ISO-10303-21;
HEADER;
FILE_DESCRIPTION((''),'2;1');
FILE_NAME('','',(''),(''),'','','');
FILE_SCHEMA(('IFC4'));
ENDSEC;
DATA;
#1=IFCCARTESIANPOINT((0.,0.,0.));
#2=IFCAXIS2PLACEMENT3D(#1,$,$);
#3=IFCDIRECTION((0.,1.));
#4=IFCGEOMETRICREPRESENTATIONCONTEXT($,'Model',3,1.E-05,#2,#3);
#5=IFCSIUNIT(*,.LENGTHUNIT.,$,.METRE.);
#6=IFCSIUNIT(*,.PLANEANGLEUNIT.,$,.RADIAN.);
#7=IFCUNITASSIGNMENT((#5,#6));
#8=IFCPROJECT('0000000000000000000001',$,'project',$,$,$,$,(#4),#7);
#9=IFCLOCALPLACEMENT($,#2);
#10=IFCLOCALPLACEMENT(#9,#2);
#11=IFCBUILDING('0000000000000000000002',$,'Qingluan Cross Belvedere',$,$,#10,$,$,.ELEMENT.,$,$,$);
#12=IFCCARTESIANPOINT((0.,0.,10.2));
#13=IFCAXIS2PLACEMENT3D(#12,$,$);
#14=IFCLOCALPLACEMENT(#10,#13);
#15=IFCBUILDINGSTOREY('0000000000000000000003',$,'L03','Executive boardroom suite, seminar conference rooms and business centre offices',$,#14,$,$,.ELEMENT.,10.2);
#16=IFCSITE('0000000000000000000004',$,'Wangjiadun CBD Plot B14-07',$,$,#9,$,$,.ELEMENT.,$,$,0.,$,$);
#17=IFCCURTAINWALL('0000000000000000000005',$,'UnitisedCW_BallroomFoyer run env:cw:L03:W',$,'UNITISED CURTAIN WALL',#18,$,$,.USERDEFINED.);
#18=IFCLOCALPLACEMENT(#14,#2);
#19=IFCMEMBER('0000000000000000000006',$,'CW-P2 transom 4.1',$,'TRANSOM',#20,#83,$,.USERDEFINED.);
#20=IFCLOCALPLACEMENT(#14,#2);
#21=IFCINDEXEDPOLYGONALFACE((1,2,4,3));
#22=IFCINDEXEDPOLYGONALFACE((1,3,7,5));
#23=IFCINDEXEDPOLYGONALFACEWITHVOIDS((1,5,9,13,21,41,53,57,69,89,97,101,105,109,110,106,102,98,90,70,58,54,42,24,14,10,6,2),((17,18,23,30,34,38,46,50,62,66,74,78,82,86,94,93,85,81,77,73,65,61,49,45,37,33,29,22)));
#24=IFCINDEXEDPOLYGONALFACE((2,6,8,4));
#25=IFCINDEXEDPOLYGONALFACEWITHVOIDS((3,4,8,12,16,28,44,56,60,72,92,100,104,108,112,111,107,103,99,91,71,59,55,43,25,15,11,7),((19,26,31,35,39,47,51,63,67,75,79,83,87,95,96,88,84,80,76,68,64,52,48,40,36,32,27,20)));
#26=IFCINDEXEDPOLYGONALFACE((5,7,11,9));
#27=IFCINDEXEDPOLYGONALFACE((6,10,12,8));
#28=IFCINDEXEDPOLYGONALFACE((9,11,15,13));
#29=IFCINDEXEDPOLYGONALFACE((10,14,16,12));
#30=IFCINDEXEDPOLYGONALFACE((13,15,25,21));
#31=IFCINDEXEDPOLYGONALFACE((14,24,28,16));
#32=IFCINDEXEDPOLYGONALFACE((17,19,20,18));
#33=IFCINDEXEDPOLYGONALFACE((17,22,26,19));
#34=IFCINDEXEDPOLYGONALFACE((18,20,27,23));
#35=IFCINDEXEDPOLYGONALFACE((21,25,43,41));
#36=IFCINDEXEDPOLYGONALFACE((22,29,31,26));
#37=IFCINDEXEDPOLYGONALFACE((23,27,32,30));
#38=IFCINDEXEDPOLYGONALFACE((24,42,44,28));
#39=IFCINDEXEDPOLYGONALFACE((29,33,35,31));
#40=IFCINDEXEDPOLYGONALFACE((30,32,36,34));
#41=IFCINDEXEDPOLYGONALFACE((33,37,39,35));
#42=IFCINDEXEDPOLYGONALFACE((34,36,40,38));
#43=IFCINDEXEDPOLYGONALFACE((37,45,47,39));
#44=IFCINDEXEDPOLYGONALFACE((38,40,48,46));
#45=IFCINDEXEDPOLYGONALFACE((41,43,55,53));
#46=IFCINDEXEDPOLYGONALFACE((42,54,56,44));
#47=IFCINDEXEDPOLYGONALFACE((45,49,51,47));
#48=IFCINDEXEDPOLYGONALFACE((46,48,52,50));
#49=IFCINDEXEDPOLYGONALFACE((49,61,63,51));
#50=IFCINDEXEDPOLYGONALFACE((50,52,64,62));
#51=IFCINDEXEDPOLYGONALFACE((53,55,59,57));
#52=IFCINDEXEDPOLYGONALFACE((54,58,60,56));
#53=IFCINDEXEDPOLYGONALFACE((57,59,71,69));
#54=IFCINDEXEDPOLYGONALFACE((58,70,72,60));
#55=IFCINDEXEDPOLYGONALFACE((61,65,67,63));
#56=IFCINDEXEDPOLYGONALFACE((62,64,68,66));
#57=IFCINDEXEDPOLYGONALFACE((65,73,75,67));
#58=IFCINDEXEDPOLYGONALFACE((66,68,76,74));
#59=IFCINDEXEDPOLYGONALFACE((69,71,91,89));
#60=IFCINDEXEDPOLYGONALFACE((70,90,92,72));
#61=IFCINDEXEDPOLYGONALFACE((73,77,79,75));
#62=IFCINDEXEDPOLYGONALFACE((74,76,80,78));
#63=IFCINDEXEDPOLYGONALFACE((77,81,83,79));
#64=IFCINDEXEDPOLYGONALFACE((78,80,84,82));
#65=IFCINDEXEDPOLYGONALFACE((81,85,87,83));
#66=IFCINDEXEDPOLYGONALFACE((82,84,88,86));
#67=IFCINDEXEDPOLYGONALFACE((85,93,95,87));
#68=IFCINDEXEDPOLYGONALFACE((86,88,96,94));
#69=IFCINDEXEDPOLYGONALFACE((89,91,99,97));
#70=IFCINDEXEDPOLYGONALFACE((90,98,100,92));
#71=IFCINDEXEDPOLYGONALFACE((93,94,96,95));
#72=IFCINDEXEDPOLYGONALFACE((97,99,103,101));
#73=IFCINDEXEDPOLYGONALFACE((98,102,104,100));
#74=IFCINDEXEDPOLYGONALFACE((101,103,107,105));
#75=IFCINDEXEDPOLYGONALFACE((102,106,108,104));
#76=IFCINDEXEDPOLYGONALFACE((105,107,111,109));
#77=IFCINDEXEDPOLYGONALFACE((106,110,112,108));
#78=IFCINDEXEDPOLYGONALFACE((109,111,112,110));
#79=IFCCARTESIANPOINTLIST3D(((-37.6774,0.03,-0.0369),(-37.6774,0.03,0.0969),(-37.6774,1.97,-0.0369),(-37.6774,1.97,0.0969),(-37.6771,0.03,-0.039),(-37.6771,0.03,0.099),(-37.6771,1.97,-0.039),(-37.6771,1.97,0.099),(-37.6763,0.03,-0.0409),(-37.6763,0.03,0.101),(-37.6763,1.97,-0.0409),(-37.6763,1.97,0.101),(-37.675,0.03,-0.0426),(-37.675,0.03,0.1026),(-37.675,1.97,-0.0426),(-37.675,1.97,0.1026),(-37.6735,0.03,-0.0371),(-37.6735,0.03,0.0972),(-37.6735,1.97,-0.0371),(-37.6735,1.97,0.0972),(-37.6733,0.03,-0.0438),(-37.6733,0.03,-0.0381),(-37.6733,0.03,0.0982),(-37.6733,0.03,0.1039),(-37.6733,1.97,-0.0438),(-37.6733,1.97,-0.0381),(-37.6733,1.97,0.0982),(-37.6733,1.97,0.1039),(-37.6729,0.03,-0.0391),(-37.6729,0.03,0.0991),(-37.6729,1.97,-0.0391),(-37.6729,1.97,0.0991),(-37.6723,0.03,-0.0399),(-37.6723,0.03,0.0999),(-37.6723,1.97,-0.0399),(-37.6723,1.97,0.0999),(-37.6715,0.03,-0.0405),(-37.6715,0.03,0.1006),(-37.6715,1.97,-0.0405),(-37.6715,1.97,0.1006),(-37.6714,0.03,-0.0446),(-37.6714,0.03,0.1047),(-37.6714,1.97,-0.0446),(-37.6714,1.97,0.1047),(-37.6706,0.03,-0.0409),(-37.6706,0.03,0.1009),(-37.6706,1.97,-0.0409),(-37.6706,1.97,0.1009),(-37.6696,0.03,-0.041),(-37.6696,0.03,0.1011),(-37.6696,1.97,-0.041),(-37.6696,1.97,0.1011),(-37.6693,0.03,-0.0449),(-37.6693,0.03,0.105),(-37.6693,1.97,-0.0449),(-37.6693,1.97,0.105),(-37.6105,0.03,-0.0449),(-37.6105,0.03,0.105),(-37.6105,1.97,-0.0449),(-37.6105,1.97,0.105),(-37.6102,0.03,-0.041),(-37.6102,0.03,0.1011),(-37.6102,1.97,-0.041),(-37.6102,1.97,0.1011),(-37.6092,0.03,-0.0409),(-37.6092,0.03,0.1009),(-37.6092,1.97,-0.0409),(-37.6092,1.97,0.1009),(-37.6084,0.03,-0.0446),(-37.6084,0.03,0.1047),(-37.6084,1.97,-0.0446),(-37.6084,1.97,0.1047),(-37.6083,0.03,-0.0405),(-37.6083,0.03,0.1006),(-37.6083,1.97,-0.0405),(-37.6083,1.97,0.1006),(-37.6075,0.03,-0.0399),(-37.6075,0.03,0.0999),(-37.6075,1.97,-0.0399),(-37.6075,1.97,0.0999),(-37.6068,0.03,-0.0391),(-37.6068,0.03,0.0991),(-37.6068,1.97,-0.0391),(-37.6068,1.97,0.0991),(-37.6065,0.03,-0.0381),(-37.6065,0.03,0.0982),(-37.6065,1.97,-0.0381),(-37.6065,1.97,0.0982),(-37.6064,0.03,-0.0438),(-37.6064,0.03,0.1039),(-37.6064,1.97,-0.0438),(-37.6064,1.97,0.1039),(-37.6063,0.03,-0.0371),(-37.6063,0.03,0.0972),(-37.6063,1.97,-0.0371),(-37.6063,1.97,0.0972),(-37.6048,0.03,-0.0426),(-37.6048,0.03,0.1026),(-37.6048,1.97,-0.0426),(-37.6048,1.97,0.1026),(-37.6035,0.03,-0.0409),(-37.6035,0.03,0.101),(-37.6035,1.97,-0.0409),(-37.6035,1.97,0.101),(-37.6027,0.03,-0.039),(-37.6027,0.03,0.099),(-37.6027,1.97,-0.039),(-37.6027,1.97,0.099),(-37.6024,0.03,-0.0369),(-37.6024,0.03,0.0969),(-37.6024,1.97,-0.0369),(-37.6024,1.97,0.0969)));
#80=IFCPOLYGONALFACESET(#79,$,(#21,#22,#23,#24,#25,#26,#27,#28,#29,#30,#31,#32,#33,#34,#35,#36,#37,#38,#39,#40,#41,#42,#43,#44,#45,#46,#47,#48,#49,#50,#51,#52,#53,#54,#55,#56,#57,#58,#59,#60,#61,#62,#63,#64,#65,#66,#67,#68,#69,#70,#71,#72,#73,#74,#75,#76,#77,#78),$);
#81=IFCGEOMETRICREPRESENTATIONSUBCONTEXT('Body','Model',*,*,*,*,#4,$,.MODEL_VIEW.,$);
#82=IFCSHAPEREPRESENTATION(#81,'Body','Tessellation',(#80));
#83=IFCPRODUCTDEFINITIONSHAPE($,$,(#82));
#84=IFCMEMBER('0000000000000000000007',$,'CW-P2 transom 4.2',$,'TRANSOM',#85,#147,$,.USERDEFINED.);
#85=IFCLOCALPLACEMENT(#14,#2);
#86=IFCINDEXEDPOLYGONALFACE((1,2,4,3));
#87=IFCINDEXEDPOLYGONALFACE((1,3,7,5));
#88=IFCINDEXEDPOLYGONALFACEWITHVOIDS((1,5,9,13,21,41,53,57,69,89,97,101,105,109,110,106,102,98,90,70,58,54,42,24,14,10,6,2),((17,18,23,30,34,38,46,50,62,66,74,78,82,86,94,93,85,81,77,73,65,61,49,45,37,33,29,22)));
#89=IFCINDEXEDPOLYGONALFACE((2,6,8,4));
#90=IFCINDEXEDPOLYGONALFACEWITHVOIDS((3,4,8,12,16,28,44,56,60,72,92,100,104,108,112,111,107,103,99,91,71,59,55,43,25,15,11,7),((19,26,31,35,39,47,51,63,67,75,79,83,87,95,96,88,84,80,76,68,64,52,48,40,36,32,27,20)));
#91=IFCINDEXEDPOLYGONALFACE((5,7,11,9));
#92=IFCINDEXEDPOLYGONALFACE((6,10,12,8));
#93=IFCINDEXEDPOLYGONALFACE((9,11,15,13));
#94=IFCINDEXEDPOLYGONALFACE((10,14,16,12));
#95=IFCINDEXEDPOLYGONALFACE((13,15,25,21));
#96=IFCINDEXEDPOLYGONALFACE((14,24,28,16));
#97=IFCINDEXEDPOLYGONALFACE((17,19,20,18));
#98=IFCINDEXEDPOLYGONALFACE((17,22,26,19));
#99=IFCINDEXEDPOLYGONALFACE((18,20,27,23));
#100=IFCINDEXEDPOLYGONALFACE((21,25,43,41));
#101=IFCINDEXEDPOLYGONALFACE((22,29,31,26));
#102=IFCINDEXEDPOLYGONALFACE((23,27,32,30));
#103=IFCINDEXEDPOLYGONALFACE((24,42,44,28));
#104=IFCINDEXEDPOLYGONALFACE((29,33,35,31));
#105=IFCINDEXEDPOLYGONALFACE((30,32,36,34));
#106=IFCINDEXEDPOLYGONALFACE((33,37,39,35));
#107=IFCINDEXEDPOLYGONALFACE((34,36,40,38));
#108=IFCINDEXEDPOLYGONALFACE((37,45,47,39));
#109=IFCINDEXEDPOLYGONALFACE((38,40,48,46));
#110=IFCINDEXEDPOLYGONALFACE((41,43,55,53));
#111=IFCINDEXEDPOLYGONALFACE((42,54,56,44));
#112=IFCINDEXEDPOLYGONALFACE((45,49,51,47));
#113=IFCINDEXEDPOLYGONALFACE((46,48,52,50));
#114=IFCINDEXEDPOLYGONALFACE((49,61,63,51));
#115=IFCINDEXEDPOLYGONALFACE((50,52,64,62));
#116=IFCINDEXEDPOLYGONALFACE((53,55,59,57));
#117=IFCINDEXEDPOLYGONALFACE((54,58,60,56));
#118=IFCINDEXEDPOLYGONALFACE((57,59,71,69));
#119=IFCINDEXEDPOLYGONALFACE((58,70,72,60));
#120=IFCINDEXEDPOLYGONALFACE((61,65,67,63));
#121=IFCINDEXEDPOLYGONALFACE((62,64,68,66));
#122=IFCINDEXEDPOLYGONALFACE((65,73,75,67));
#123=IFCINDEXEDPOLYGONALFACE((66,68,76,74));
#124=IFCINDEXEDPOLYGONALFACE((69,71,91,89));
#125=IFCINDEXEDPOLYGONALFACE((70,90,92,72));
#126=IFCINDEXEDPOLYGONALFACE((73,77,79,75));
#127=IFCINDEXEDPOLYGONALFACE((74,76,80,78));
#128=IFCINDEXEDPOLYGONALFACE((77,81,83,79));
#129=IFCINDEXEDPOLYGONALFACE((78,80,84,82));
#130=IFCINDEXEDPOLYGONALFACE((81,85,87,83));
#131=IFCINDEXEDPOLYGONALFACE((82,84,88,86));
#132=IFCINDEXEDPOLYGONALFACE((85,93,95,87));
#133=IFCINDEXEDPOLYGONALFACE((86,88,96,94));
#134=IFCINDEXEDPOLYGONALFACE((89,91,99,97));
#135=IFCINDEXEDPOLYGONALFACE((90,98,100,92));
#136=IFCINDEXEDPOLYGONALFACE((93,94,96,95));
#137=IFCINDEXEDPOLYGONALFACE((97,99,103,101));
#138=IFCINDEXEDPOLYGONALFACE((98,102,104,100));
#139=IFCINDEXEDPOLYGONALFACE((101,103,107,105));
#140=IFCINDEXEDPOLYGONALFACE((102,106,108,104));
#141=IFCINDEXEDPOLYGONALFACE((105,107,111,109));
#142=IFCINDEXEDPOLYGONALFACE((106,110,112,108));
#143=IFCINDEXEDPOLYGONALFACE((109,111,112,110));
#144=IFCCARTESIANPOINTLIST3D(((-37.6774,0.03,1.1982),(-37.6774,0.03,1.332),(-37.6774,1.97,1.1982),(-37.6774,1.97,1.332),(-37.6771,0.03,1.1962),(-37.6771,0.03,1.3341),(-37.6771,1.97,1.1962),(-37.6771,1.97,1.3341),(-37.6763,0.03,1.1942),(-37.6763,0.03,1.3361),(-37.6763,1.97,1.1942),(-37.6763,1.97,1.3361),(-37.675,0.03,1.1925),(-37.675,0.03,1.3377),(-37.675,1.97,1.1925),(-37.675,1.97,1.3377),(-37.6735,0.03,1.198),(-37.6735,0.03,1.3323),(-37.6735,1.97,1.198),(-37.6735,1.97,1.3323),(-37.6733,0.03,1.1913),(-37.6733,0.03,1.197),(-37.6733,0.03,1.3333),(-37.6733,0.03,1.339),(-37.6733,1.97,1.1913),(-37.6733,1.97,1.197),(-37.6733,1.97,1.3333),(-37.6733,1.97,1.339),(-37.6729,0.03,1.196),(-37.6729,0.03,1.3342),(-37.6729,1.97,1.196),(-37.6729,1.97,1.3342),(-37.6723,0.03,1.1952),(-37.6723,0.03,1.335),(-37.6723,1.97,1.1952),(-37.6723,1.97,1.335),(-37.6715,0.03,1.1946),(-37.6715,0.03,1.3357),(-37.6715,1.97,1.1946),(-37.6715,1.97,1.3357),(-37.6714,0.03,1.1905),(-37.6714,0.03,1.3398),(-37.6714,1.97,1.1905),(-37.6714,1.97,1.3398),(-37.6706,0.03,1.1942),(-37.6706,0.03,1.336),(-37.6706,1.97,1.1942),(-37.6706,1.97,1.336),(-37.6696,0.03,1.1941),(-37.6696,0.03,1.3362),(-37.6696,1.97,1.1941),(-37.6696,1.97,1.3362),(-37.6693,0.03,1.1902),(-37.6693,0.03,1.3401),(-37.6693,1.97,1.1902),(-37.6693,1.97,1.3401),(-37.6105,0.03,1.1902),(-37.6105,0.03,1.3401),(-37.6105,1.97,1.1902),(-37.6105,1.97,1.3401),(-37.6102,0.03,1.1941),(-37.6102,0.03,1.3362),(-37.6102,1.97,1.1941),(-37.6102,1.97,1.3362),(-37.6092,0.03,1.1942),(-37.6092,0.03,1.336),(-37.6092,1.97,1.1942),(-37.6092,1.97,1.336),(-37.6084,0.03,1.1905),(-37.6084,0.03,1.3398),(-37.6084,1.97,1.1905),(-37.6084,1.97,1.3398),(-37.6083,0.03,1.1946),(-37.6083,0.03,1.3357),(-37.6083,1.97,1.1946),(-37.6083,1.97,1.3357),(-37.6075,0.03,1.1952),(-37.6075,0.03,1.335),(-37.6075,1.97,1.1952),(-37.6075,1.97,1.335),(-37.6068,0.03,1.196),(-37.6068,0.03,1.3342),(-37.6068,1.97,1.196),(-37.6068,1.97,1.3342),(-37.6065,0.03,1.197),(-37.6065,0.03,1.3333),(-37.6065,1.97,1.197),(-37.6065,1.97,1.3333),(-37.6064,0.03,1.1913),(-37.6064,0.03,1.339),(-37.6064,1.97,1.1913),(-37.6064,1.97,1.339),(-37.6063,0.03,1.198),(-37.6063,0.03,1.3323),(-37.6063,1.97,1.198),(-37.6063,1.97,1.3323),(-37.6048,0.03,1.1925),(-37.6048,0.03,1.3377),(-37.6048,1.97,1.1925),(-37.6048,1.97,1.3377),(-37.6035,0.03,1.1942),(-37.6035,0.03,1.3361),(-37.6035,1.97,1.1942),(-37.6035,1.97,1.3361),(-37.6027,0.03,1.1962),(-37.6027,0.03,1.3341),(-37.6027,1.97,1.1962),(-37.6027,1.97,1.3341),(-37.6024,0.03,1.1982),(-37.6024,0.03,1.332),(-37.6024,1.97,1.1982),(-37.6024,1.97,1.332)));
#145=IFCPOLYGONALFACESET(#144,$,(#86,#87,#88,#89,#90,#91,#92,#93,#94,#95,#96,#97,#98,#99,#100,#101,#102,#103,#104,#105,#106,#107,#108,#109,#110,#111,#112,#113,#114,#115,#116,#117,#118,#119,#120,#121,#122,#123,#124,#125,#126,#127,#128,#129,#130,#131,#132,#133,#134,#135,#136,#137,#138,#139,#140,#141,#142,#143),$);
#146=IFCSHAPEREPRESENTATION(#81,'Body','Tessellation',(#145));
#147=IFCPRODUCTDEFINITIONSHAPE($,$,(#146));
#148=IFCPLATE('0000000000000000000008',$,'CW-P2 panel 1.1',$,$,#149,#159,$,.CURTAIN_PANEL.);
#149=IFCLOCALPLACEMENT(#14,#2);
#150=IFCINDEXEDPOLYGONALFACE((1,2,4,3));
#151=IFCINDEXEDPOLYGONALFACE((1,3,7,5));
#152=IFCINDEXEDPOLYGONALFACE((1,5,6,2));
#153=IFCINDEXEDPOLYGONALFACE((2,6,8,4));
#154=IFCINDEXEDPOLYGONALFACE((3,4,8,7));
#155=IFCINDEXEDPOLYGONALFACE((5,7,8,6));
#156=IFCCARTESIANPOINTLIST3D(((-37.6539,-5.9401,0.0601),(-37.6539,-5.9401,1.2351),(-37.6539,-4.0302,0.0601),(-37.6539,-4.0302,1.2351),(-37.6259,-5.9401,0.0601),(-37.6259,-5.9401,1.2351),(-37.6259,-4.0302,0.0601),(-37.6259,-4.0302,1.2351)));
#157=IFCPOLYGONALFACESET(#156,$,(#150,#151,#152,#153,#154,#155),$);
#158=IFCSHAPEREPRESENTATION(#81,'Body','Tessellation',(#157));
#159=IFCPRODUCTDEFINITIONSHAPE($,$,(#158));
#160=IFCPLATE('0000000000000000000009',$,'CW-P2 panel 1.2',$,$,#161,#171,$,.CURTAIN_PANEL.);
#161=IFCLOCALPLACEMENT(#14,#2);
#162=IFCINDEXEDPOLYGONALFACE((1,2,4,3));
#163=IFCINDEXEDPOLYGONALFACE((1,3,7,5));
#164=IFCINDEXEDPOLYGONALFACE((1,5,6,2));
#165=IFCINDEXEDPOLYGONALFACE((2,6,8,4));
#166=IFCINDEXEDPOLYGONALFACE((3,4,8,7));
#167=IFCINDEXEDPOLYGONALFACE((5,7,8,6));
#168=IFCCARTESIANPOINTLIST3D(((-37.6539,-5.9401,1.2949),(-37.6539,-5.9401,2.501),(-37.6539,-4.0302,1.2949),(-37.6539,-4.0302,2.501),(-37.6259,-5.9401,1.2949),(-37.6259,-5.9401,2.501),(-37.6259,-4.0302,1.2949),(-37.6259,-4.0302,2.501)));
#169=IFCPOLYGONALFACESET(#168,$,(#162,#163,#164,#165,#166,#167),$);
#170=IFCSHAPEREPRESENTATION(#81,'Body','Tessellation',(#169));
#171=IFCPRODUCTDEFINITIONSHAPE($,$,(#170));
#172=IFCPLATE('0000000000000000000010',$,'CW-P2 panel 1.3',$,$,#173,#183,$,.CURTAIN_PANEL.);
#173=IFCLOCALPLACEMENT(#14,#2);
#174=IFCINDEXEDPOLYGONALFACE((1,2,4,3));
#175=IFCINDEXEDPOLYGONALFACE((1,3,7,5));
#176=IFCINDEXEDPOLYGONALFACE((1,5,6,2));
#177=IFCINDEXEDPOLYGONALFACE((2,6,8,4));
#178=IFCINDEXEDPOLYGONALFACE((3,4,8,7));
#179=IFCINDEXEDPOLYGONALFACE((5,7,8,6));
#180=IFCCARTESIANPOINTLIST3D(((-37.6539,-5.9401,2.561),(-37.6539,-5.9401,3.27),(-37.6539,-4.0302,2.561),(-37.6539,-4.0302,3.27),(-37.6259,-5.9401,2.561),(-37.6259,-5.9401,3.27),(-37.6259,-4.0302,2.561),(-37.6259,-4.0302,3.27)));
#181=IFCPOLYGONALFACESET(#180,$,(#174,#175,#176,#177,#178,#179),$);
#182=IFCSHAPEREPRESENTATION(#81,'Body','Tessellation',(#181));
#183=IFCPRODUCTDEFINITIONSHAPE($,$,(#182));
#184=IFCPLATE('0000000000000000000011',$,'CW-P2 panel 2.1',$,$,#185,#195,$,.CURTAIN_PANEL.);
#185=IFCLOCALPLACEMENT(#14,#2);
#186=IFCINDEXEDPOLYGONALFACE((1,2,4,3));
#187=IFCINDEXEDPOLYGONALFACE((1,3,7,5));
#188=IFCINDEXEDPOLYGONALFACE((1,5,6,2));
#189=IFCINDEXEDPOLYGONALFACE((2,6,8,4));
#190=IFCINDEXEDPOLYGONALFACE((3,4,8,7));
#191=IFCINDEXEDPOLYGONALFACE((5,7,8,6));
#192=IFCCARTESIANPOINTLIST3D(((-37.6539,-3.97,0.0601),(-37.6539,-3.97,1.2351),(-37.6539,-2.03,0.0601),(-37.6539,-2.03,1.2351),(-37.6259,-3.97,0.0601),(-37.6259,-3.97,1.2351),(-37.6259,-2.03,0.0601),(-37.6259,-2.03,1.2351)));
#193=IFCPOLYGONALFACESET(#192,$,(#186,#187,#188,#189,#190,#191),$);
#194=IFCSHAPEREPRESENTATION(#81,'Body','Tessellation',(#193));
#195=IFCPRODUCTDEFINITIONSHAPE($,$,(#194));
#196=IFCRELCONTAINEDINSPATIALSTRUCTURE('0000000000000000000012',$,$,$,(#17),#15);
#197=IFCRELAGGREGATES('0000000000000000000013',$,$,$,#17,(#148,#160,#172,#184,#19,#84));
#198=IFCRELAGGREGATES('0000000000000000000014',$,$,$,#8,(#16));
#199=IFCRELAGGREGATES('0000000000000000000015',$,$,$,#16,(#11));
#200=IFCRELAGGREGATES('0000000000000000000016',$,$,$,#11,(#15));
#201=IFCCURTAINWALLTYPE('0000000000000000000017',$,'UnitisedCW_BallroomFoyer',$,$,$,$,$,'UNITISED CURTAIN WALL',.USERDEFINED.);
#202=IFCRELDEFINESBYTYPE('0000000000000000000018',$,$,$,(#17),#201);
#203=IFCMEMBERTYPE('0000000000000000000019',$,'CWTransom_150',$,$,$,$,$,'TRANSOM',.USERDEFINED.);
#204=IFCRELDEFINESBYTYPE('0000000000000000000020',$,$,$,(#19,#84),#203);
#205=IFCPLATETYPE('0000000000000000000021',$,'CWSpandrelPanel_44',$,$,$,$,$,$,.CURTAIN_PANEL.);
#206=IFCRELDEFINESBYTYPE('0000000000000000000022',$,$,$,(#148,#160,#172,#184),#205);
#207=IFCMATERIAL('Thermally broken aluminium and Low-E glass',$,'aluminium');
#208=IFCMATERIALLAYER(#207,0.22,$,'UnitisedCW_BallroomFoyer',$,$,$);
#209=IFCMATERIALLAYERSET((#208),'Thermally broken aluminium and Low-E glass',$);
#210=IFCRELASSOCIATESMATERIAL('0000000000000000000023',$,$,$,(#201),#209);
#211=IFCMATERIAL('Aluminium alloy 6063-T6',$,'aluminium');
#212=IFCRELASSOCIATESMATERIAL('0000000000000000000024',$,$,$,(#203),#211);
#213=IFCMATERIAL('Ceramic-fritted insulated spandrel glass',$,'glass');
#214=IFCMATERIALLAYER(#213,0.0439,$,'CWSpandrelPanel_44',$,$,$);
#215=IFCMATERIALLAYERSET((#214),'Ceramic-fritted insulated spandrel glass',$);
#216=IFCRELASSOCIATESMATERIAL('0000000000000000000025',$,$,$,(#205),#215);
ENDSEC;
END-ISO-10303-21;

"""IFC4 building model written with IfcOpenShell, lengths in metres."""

from ifc_helpers import new_model, si_unit, direction, frame, origin, origin_2d, place, context, subcontext, project, spatial, rectangle, hollow_rectangle, extrude, material, layer, layer_set, material_profile, profile_set, type_object, element, aggregate, save


model = new_model("IFC4")

# Units and contexts
model_context = context("Model", 3, precision=1e-05, world=origin(), true_north=direction((0.0, 1.0)))
body_context = subcontext(model_context, "Body", "Model", "MODEL_VIEW")
ifc_project = project(units=[si_unit("LENGTHUNIT", "METRE"), si_unit("PLANEANGLEUNIT", "RADIAN")], contexts=[model_context])

# Site, building, storey
site_placement = place(None, origin())
site = spatial("IfcSite", under=ifc_project, at=site_placement, Name="Wangjiadun CBD Plot B14-07", CompositionType="ELEMENT", RefElevation=0.0)
building_placement = place(site_placement, origin())
building = spatial("IfcBuilding", under=site, at=building_placement, Name="Qingluan Cross Belvedere", CompositionType="ELEMENT")
storey_placement = place(building_placement, frame((0.0, 0.0, 10.2)))
storey = spatial("IfcBuildingStorey", under=building, at=storey_placement, Name="L03", Description="Executive boardroom suite, seminar conference rooms and business centre offices", CompositionType="ELEMENT", Elevation=10.2)

# Curtain wall, members, plates
ifc_material_1 = material(Name="Thermally broken aluminium and Low-E glass", Category="aluminium")
ifc_layer_1 = layer(ifc_material_1, 0.22, Name="UnitisedCW_BallroomFoyer")
ifc_layer_set_1 = layer_set([ifc_layer_1], Name="Thermally broken aluminium and Low-E glass")
curtain_wall_type = type_object("IfcCurtainWallType", Name="UnitisedCW_BallroomFoyer", ElementType="UNITISED CURTAIN WALL", PredefinedType="USERDEFINED", material=ifc_layer_set_1)
curtain_wall_placement = place(storey_placement, origin())
curtain_wall = element("IfcCurtainWall", 1, at=curtain_wall_placement, inside=storey, type_object=curtain_wall_type, Name="UnitisedCW_BallroomFoyer run env:cw:L03:W", ObjectType="UNITISED CURTAIN WALL", PredefinedType="USERDEFINED")
ifc_material_2 = material(Name="Aluminium alloy 6063-T6", Category="aluminium")
ifc_material_profile_1 = material_profile(ifc_material_2, hollow_rectangle(XDim=0.075, YDim=0.1499, WallThickness=0.0039, InnerFilletRadius=0.0039, OuterFilletRadius=0.0081, at=origin_2d()), Name="CWT150x75x4")
ifc_profile_set_1 = profile_set([ifc_material_profile_1], Name="Aluminium alloy 6063-T6")
member_type_1 = type_object("IfcMemberType", Name="CWTransom_150", ElementType="TRANSOM", PredefinedType="USERDEFINED", material=ifc_profile_set_1)
member_1_placement = place(storey_placement, frame((-37.6399, 0.03, 0.03), z_axis=(0.0, 1.0, 0.0), x_axis=(-1.0, 0.0, 0.0)))
member_1 = element("IfcMember", 2, at=member_1_placement, type_object=member_type_1, Name="CW-P2 transom 4.1", ObjectType="TRANSOM", PredefinedType="USERDEFINED", context=body_context, shape_type="SweptSolid", body=[
    extrude(hollow_rectangle(XDim=0.075, YDim=0.1499, WallThickness=0.0039, InnerFilletRadius=0.0039, OuterFilletRadius=0.0081, at=origin_2d()), origin(), (0.0, 0.0, 1.0), 1.9399),
])
member_2_placement = place(storey_placement, frame((-37.6399, 0.03, 1.2651), z_axis=(0.0, 1.0, 0.0), x_axis=(-1.0, 0.0, 0.0)))
member_2 = element("IfcMember", 3, at=member_2_placement, type_object=member_type_1, Name="CW-P2 transom 4.2", ObjectType="TRANSOM", PredefinedType="USERDEFINED", context=body_context, shape_type="SweptSolid", body=[
    extrude(hollow_rectangle(XDim=0.075, YDim=0.1499, WallThickness=0.0039, InnerFilletRadius=0.0039, OuterFilletRadius=0.0081, at=origin_2d()), origin(), (0.0, 0.0, 1.0), 1.9399),
])
ifc_material_3 = material(Name="Ceramic-fritted insulated spandrel glass", Category="glass")
ifc_layer_2 = layer(ifc_material_3, 0.0439, Name="CWSpandrelPanel_44")
ifc_layer_set_2 = layer_set([ifc_layer_2], Name="Ceramic-fritted insulated spandrel glass")
plate_type = type_object("IfcPlateType", Name="CWSpandrelPanel_44", PredefinedType="CURTAIN_PANEL", material=ifc_layer_set_2)
plate_1_placement = place(storey_placement, frame((-37.6399, -4.9851, 0.0601), z_axis=(0.0, 0.0, 1.0), x_axis=(0.0, 1.0, 0.0)))
plate_1 = element("IfcPlate", 4, at=plate_1_placement, type_object=plate_type, Name="CW-P2 panel 1.1", PredefinedType="CURTAIN_PANEL", context=body_context, shape_type="SweptSolid", body=[
    extrude(rectangle(XDim=1.9099, YDim=0.0281, at=origin_2d()), origin(), (0.0, 0.0, 1.0), 1.175),
])
plate_2_placement = place(storey_placement, frame((-37.6399, -4.9851, 1.2949), z_axis=(0.0, 0.0, 1.0), x_axis=(0.0, 1.0, 0.0)))
plate_2 = element("IfcPlate", 5, at=plate_2_placement, type_object=plate_type, Name="CW-P2 panel 1.2", PredefinedType="CURTAIN_PANEL", context=body_context, shape_type="SweptSolid", body=[
    extrude(rectangle(XDim=1.9099, YDim=0.0281, at=origin_2d()), origin(), (0.0, 0.0, 1.0), 1.2061),
])
plate_3_placement = place(storey_placement, frame((-37.6399, -4.9851, 2.561), z_axis=(0.0, 0.0, 1.0), x_axis=(0.0, 1.0, 0.0)))
plate_3 = element("IfcPlate", 6, at=plate_3_placement, type_object=plate_type, Name="CW-P2 panel 1.3", PredefinedType="CURTAIN_PANEL", context=body_context, shape_type="SweptSolid", body=[
    extrude(rectangle(XDim=1.9099, YDim=0.0281, at=origin_2d()), origin(), (0.0, 0.0, 1.0), 0.709),
])
plate_4_placement = place(storey_placement, frame((-37.6399, -3.0, 0.0601), z_axis=(0.0, 0.0, 1.0), x_axis=(0.0, 1.0, 0.0)))
plate_4 = element("IfcPlate", 7, at=plate_4_placement, type_object=plate_type, Name="CW-P2 panel 2.1", PredefinedType="CURTAIN_PANEL", context=body_context, shape_type="SweptSolid", body=[
    extrude(rectangle(XDim=1.9399, YDim=0.0281, at=origin_2d()), origin(), (0.0, 0.0, 1.0), 1.175),
])
aggregate(curtain_wall, [plate_1, plate_2, plate_3, plate_4, member_1, member_2])

save(model, "model.ifc")
